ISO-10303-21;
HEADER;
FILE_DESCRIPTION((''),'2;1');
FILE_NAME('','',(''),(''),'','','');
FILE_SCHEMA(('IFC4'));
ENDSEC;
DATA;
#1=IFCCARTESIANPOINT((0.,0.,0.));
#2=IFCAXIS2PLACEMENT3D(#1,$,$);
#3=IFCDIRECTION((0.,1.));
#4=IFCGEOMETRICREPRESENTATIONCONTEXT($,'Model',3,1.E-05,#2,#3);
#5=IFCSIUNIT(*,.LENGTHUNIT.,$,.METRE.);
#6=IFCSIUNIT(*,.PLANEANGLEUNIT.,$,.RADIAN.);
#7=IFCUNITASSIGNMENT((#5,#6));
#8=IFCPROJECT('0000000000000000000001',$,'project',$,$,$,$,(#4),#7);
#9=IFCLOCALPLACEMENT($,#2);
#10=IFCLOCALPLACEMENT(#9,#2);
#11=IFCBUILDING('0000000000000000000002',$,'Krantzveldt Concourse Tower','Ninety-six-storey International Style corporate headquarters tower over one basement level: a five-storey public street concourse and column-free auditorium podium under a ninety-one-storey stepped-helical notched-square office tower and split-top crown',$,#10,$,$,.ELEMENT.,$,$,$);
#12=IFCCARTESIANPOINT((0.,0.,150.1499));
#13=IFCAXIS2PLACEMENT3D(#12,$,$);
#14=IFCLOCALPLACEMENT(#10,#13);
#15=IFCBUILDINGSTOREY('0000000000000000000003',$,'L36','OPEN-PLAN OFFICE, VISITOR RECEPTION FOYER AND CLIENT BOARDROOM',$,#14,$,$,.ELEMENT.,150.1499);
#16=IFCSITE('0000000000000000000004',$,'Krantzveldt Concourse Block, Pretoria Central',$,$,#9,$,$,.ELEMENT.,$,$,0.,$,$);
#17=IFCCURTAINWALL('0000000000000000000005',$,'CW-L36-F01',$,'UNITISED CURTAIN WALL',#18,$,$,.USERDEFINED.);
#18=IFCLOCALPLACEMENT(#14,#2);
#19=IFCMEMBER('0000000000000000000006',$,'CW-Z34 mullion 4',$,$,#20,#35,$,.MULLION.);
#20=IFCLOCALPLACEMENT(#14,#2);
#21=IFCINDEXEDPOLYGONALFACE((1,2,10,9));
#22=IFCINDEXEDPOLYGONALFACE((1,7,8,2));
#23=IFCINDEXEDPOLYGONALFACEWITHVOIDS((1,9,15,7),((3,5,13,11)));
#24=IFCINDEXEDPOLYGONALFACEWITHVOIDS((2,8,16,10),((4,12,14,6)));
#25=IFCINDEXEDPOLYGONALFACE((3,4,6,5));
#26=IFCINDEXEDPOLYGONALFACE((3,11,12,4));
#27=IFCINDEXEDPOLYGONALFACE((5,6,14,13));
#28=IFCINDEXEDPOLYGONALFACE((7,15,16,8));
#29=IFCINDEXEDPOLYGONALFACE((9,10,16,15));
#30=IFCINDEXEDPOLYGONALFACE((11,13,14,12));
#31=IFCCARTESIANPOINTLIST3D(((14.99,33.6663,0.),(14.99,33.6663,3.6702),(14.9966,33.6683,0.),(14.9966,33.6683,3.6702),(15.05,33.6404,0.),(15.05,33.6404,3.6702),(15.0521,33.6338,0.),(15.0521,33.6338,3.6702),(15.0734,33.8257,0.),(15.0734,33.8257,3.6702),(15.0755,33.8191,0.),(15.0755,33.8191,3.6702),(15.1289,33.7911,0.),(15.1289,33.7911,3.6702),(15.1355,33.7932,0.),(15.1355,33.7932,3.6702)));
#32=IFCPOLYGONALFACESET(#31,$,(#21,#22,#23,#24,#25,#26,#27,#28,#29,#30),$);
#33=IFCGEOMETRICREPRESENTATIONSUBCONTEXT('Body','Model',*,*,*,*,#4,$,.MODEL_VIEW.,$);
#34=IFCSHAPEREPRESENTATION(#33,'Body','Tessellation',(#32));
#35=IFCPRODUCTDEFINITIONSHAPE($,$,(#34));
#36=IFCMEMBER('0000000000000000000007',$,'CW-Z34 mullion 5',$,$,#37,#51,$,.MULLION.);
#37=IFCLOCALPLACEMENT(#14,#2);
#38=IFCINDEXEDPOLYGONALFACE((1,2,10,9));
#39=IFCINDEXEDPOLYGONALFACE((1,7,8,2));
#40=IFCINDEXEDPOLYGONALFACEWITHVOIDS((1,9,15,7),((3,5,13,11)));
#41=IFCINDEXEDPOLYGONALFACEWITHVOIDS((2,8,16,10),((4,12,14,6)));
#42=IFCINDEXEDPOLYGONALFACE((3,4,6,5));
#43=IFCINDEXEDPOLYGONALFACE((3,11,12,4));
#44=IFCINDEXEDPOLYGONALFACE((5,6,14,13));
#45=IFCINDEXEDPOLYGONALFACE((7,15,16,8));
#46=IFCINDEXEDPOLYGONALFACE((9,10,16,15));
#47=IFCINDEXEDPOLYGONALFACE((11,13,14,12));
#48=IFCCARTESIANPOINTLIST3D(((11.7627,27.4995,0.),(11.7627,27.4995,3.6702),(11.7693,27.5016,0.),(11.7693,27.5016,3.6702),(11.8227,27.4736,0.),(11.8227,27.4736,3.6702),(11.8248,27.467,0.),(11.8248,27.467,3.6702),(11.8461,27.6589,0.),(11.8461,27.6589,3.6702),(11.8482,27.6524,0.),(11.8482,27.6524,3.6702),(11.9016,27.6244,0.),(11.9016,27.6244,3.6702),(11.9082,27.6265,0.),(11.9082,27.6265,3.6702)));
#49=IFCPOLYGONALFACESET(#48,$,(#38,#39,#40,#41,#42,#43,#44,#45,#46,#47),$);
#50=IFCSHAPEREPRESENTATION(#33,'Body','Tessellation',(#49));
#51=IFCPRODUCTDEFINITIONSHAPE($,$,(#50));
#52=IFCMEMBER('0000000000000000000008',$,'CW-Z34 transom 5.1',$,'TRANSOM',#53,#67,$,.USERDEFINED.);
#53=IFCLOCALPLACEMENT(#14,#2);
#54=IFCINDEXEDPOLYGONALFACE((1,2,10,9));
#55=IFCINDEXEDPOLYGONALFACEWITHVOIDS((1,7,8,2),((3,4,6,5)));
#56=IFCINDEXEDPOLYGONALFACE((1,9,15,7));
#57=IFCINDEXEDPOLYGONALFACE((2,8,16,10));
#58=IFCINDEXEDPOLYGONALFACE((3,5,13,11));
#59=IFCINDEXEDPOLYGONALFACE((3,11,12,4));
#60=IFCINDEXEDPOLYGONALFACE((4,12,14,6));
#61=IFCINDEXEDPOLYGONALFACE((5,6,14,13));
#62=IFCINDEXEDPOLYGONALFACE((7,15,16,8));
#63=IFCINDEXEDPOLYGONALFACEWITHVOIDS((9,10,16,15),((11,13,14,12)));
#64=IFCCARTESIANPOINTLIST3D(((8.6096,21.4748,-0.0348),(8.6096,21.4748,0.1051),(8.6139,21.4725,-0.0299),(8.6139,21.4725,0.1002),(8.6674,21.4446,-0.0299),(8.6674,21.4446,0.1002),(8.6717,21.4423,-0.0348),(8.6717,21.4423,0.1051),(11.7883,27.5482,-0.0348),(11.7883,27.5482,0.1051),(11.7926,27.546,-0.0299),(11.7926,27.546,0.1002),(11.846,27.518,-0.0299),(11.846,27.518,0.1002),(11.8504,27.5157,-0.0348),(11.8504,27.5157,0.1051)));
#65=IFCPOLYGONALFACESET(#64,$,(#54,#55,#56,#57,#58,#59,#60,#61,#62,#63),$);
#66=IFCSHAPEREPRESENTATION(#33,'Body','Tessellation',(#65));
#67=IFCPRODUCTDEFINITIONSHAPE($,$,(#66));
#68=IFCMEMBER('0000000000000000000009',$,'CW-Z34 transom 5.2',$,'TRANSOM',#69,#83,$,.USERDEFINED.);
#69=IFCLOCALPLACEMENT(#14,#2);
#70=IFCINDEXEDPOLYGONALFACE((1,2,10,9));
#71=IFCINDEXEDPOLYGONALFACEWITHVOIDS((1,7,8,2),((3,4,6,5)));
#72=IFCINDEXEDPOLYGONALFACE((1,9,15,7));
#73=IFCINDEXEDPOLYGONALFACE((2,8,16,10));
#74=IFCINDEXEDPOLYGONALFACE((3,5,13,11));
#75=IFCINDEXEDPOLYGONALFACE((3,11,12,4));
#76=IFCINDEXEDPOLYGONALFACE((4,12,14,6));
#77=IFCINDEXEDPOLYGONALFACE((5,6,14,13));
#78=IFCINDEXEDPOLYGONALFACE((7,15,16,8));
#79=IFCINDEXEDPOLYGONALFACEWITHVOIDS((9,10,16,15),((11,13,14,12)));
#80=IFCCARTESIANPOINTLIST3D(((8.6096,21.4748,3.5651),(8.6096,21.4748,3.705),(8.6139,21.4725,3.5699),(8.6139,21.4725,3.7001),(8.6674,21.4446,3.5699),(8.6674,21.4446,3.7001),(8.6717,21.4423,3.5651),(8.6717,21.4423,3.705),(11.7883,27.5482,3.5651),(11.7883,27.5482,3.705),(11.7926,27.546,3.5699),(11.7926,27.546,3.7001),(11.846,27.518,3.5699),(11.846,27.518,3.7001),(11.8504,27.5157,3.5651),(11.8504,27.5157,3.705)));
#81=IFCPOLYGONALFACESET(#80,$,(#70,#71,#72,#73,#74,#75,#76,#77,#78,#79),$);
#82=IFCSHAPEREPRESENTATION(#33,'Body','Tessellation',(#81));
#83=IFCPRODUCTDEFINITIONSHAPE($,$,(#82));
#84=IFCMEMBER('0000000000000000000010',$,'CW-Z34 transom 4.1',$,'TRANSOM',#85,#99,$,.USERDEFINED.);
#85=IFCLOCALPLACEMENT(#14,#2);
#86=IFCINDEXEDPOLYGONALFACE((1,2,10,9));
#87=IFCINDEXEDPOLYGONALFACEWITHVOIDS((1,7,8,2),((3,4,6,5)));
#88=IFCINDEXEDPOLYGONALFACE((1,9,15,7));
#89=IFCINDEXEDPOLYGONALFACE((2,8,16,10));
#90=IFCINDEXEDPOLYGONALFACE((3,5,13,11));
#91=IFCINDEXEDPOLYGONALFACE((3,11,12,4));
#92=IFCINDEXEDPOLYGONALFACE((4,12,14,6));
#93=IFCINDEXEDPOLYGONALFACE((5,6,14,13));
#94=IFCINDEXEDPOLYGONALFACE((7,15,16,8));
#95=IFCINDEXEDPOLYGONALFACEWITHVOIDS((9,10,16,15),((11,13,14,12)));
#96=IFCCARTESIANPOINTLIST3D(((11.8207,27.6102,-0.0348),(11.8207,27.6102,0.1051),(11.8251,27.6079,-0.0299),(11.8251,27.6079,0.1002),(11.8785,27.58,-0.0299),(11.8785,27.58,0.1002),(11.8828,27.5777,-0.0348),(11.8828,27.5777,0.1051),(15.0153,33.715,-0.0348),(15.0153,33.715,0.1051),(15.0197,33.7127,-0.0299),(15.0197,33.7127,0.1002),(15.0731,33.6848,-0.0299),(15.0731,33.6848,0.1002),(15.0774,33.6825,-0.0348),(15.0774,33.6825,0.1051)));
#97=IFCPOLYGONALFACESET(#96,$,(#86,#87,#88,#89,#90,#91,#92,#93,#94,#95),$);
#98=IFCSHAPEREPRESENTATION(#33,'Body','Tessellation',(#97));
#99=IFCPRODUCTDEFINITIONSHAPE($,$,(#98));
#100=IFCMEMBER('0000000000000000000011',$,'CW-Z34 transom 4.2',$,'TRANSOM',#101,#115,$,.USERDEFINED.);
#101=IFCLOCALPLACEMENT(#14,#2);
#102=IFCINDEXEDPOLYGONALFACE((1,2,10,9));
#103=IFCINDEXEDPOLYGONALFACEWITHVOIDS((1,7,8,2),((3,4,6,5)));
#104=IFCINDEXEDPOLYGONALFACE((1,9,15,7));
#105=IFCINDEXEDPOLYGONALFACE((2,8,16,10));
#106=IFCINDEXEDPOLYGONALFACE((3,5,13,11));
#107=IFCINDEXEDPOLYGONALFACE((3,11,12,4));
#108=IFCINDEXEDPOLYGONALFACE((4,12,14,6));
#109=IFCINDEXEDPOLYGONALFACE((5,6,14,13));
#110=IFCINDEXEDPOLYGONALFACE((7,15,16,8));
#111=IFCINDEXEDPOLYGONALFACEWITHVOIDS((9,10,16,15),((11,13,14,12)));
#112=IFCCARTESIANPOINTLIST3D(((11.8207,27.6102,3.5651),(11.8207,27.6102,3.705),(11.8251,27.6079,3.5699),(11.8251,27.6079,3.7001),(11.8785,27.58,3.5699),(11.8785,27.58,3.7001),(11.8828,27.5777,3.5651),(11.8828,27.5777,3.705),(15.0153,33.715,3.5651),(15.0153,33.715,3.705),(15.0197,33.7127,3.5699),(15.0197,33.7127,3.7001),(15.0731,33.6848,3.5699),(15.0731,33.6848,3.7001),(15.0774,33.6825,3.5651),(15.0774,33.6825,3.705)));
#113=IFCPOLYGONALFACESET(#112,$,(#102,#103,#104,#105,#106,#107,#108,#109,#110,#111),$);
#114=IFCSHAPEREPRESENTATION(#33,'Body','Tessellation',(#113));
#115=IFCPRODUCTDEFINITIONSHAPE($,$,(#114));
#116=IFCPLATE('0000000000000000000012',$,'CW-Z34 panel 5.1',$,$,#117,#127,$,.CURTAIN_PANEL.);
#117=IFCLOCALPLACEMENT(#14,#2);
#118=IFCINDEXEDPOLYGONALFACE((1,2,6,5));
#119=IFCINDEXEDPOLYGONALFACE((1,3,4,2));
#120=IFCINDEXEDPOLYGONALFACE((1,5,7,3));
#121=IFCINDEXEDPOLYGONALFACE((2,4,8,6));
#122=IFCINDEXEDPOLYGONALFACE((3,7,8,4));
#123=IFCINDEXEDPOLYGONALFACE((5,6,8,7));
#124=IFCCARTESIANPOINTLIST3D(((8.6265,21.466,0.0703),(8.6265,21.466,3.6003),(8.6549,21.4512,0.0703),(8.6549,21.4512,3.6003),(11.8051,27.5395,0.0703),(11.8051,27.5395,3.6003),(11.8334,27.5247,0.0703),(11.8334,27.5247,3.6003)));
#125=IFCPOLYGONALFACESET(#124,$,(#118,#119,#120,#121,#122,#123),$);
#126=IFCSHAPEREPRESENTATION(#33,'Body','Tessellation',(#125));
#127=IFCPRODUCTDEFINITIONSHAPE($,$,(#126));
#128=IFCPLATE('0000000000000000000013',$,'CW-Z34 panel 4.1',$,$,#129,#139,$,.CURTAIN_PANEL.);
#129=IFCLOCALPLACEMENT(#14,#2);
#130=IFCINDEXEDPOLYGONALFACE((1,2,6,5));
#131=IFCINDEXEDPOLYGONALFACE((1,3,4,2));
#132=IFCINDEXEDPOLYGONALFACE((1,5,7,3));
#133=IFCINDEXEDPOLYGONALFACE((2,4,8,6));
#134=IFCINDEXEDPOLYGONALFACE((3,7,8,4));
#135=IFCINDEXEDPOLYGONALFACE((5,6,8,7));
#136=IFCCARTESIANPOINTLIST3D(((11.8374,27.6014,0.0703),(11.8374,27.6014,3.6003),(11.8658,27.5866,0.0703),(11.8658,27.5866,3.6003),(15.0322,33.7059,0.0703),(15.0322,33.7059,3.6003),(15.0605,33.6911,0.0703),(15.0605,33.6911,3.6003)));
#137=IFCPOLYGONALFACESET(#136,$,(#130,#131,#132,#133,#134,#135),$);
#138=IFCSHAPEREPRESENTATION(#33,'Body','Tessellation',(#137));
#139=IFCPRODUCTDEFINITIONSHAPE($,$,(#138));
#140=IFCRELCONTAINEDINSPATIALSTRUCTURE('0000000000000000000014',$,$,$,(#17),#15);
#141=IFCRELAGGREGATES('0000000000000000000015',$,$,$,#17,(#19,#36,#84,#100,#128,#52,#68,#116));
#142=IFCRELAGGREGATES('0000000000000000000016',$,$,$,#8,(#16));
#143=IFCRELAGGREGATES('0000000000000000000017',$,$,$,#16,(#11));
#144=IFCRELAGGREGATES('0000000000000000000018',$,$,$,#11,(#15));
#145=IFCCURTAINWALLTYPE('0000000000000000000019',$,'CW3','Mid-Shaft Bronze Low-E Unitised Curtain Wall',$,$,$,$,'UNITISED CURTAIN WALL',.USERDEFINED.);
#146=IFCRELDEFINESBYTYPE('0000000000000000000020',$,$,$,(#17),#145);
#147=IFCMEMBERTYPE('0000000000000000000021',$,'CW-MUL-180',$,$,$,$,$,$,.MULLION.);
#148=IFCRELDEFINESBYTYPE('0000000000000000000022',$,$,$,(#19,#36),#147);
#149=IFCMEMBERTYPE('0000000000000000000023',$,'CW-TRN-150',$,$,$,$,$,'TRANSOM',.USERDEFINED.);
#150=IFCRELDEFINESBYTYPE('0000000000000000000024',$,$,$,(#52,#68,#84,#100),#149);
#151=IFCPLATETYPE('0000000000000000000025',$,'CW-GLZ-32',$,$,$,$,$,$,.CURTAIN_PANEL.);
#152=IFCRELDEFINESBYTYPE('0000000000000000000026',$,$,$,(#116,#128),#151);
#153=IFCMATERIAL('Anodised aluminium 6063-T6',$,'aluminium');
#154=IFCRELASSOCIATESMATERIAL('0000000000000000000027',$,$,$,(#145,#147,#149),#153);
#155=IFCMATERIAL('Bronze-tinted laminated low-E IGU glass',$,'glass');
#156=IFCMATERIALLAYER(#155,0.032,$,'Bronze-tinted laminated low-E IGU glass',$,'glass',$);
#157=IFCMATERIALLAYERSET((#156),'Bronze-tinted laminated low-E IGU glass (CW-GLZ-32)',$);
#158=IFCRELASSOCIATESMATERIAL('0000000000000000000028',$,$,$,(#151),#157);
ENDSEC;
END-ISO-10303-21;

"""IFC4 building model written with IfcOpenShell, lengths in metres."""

from ifc_helpers import new_model, si_unit, direction, frame, origin, origin_2d, place, context, subcontext, project, spatial, rectangle, hollow_rectangle, extrude, source, transform, mapped, material, layer, layer_set, material_profile, profile_set, type_object, type_shapes, element, aggregate, save


model = new_model("IFC4")

# Units and contexts
model_context = context("Model", 3, precision=1e-05, world=origin(), true_north=direction((0.0, 1.0)))
body_context = subcontext(model_context, "Body", "Model", "MODEL_VIEW")
ifc_project = project(units=[si_unit("LENGTHUNIT", "METRE"), si_unit("PLANEANGLEUNIT", "RADIAN")], contexts=[model_context])

# Site, building, storey
site_placement = place(None, origin())
site = spatial("IfcSite", under=ifc_project, at=site_placement, Name="Krantzveldt Concourse Block, Pretoria Central", CompositionType="ELEMENT", RefElevation=0.0)
building_placement = place(site_placement, origin())
building = spatial("IfcBuilding", under=site, at=building_placement, Name="Krantzveldt Concourse Tower", Description="Ninety-six-storey International Style corporate headquarters tower over one basement level: a five-storey public street concourse and column-free auditorium podium under a ninety-one-storey stepped-helical notched-square office tower and split-top crown", CompositionType="ELEMENT")
storey_placement = place(building_placement, frame((0.0, 0.0, 150.1499)))
storey = spatial("IfcBuildingStorey", under=building, at=storey_placement, Name="L36", Description="OPEN-PLAN OFFICE, VISITOR RECEPTION FOYER AND CLIENT BOARDROOM", CompositionType="ELEMENT", Elevation=150.1499)

# Curtain wall, members, plates
ifc_material_1 = material(Name="Anodised aluminium 6063-T6", Category="aluminium")
curtain_wall_type = type_object("IfcCurtainWallType", Name="CW3", Description="Mid-Shaft Bronze Low-E Unitised Curtain Wall", ElementType="UNITISED CURTAIN WALL", PredefinedType="USERDEFINED", material=ifc_material_1)
curtain_wall_placement = place(storey_placement, origin())
curtain_wall = element("IfcCurtainWall", 1, at=curtain_wall_placement, inside=storey, type_object=curtain_wall_type, Name="CW-L36-F01", ObjectType="UNITISED CURTAIN WALL", PredefinedType="USERDEFINED")
ifc_material_profile_1 = material_profile(ifc_material_1, hollow_rectangle(XDim=0.0701, YDim=0.1799, WallThickness=0.0049, at=origin_2d()), Name="Anodised aluminium 6063-T6", Category="aluminium")
ifc_profile_set_1 = profile_set([ifc_material_profile_1], Name="Anodised aluminium 6063-T6 - ALU-MULL 180x70x5")
member_type_1 = type_object("IfcMemberType", Name="CW-MUL-180", PredefinedType="MULLION", material=ifc_profile_set_1)
shared_shape_1 = source(origin(), body_context, "Body", "SweptSolid", [
    extrude(hollow_rectangle(XDim=0.0701, YDim=0.1799, WallThickness=0.0049, at=origin_2d()), origin(), (0.0, 0.0, 1.0), 3.6702),
])
type_shapes(member_type_1, [shared_shape_1])
member_1_placement = place(storey_placement, frame((15.0627, 33.7297, 0.0), z_axis=(0.0, 0.0, 1.0), x_axis=(0.886001, -0.463683, 0.0)))
member_1 = element("IfcMember", 2, at=member_1_placement, type_object=member_type_1, Name="CW-Z34 mullion 4", PredefinedType="MULLION", context=body_context, shape_type="MappedRepresentation", body=[
    mapped(shared_shape_1, transform((0.0, 0.0, 0.0), x_axis=(1.0, 0.0, 0.0), y_axis=(0.0, 1.0, 0.0), z_axis=(0.0, 0.0, 1.0), scale=1.0)),
])
member_2_placement = place(storey_placement, frame((11.8354, 27.563, 0.0), z_axis=(0.0, 0.0, 1.0), x_axis=(0.886001, -0.463683, 0.0)))
member_2 = element("IfcMember", 3, at=member_2_placement, type_object=member_type_1, Name="CW-Z34 mullion 5", PredefinedType="MULLION", context=body_context, shape_type="MappedRepresentation", body=[
    mapped(shared_shape_1, transform((0.0, 0.0, 0.0), x_axis=(1.0, 0.0, 0.0), y_axis=(0.0, 1.0, 0.0), z_axis=(0.0, 0.0, 1.0), scale=1.0)),
])
ifc_material_profile_2 = material_profile(ifc_material_1, hollow_rectangle(XDim=0.0701, YDim=0.1399, WallThickness=0.0049, at=origin_2d()), Name="Anodised aluminium 6063-T6", Category="aluminium")
ifc_profile_set_2 = profile_set([ifc_material_profile_2], Name="Anodised aluminium 6063-T6 - ALU-TRAN 140x70x5")
member_type_2 = type_object("IfcMemberType", Name="CW-TRN-150", ElementType="TRANSOM", PredefinedType="USERDEFINED", material=ifc_profile_set_2)
shared_shape_2 = source(origin(), body_context, "Body", "SweptSolid", [
    extrude(hollow_rectangle(XDim=0.0701, YDim=0.1399, WallThickness=0.0049, at=origin_2d()), origin(), (0.0, 0.0, 1.0), 6.855),
])
member_3_placement = place(storey_placement, frame((11.8193, 27.532, 0.0352), z_axis=(-0.463705, -0.88599, 0.0), x_axis=(0.88599, -0.463705, 0.0)))
member_3 = element("IfcMember", 4, at=member_3_placement, type_object=member_type_2, Name="CW-Z34 transom 5.1", ObjectType="TRANSOM", PredefinedType="USERDEFINED", context=body_context, shape_type="MappedRepresentation", body=[
    mapped(shared_shape_2, transform((0.0, 0.0, 0.0), x_axis=(1.0, 0.0, 0.0), y_axis=(0.0, 1.0, 0.0), z_axis=(0.0, 0.0, 1.0), scale=1.0)),
])
member_4_placement = place(storey_placement, frame((11.8193, 27.532, 3.635), z_axis=(-0.463705, -0.88599, 0.0), x_axis=(0.88599, -0.463705, 0.0)))
member_4 = element("IfcMember", 5, at=member_4_placement, type_object=member_type_2, Name="CW-Z34 transom 5.2", ObjectType="TRANSOM", PredefinedType="USERDEFINED", context=body_context, shape_type="MappedRepresentation", body=[
    mapped(shared_shape_2, transform((0.0, 0.0, 0.0), x_axis=(1.0, 0.0, 0.0), y_axis=(0.0, 1.0, 0.0), z_axis=(0.0, 0.0, 1.0), scale=1.0)),
])
shared_shape_3 = source(origin(), body_context, "Body", "SweptSolid", [
    extrude(hollow_rectangle(XDim=0.0701, YDim=0.1399, WallThickness=0.0049, at=origin_2d()), origin(), (0.0, 0.0, 1.0), 6.8901),
])
type_shapes(member_type_2, [shared_shape_2, shared_shape_3])
member_5_placement = place(storey_placement, frame((15.0464, 33.6987, 0.0352), z_axis=(-0.463649, -0.886019, 0.0), x_axis=(0.886019, -0.463649, 0.0)))
member_5 = element("IfcMember", 6, at=member_5_placement, type_object=member_type_2, Name="CW-Z34 transom 4.1", ObjectType="TRANSOM", PredefinedType="USERDEFINED", context=body_context, shape_type="MappedRepresentation", body=[
    mapped(shared_shape_3, transform((0.0, 0.0, 0.0), x_axis=(1.0, 0.0, 0.0), y_axis=(0.0, 1.0, 0.0), z_axis=(0.0, 0.0, 1.0), scale=1.0)),
])
member_6_placement = place(storey_placement, frame((15.0464, 33.6987, 3.635), z_axis=(-0.463649, -0.886019, 0.0), x_axis=(0.886019, -0.463649, 0.0)))
member_6 = element("IfcMember", 7, at=member_6_placement, type_object=member_type_2, Name="CW-Z34 transom 4.2", ObjectType="TRANSOM", PredefinedType="USERDEFINED", context=body_context, shape_type="MappedRepresentation", body=[
    mapped(shared_shape_3, transform((0.0, 0.0, 0.0), x_axis=(1.0, 0.0, 0.0), y_axis=(0.0, 1.0, 0.0), z_axis=(0.0, 0.0, 1.0), scale=1.0)),
])
ifc_material_2 = material(Name="Bronze-tinted laminated low-E IGU glass", Category="glass")
ifc_layer_1 = layer(ifc_material_2, 0.032, Name="Bronze-tinted laminated low-E IGU glass", Category="glass")
ifc_layer_set_1 = layer_set([ifc_layer_1], Name="Bronze-tinted laminated low-E IGU glass (CW-GLZ-32)")
plate_type = type_object("IfcPlateType", Name="CW-GLZ-32", PredefinedType="CURTAIN_PANEL", material=ifc_layer_set_1)
shared_shape_4 = source(origin(), body_context, "Body", "SweptSolid", [
    extrude(rectangle(XDim=6.855, YDim=0.032, at=origin_2d()), origin(), (0.0, 0.0, 1.0), 3.53),
])
plate_1_placement = place(storey_placement, frame((10.23, 24.4954, 0.0703), z_axis=(0.0, 0.0, 1.0), x_axis=(-0.463683, -0.886001, 0.0)))
plate_1 = element("IfcPlate", 8, at=plate_1_placement, type_object=plate_type, Name="CW-Z34 panel 5.1", PredefinedType="CURTAIN_PANEL", context=body_context, shape_type="MappedRepresentation", body=[
    mapped(shared_shape_4, transform((0.0, 0.0, 0.0), x_axis=(1.0, 0.0, 0.0), y_axis=(0.0, 1.0, 0.0), z_axis=(0.0, 0.0, 1.0), scale=1.0)),
])
shared_shape_5 = source(origin(), body_context, "Body", "SweptSolid", [
    extrude(rectangle(XDim=6.8899, YDim=0.032, at=origin_2d()), origin(), (0.0, 0.0, 1.0), 3.53),
])
type_shapes(plate_type, [shared_shape_4, shared_shape_5])
plate_2_placement = place(storey_placement, frame((13.449, 30.6462, 0.0703), z_axis=(0.0, 0.0, 1.0), x_axis=(-0.463683, -0.886001, 0.0)))
plate_2 = element("IfcPlate", 9, at=plate_2_placement, type_object=plate_type, Name="CW-Z34 panel 4.1", PredefinedType="CURTAIN_PANEL", context=body_context, shape_type="MappedRepresentation", body=[
    mapped(shared_shape_5, transform((0.0, 0.0, 0.0), x_axis=(1.0, 0.0, 0.0), y_axis=(0.0, 1.0, 0.0), z_axis=(0.0, 0.0, 1.0), scale=1.0)),
])
aggregate(curtain_wall, [member_1, member_2, member_5, member_6, plate_2, member_3, member_4, plate_1])

save(model, "model.ifc")
